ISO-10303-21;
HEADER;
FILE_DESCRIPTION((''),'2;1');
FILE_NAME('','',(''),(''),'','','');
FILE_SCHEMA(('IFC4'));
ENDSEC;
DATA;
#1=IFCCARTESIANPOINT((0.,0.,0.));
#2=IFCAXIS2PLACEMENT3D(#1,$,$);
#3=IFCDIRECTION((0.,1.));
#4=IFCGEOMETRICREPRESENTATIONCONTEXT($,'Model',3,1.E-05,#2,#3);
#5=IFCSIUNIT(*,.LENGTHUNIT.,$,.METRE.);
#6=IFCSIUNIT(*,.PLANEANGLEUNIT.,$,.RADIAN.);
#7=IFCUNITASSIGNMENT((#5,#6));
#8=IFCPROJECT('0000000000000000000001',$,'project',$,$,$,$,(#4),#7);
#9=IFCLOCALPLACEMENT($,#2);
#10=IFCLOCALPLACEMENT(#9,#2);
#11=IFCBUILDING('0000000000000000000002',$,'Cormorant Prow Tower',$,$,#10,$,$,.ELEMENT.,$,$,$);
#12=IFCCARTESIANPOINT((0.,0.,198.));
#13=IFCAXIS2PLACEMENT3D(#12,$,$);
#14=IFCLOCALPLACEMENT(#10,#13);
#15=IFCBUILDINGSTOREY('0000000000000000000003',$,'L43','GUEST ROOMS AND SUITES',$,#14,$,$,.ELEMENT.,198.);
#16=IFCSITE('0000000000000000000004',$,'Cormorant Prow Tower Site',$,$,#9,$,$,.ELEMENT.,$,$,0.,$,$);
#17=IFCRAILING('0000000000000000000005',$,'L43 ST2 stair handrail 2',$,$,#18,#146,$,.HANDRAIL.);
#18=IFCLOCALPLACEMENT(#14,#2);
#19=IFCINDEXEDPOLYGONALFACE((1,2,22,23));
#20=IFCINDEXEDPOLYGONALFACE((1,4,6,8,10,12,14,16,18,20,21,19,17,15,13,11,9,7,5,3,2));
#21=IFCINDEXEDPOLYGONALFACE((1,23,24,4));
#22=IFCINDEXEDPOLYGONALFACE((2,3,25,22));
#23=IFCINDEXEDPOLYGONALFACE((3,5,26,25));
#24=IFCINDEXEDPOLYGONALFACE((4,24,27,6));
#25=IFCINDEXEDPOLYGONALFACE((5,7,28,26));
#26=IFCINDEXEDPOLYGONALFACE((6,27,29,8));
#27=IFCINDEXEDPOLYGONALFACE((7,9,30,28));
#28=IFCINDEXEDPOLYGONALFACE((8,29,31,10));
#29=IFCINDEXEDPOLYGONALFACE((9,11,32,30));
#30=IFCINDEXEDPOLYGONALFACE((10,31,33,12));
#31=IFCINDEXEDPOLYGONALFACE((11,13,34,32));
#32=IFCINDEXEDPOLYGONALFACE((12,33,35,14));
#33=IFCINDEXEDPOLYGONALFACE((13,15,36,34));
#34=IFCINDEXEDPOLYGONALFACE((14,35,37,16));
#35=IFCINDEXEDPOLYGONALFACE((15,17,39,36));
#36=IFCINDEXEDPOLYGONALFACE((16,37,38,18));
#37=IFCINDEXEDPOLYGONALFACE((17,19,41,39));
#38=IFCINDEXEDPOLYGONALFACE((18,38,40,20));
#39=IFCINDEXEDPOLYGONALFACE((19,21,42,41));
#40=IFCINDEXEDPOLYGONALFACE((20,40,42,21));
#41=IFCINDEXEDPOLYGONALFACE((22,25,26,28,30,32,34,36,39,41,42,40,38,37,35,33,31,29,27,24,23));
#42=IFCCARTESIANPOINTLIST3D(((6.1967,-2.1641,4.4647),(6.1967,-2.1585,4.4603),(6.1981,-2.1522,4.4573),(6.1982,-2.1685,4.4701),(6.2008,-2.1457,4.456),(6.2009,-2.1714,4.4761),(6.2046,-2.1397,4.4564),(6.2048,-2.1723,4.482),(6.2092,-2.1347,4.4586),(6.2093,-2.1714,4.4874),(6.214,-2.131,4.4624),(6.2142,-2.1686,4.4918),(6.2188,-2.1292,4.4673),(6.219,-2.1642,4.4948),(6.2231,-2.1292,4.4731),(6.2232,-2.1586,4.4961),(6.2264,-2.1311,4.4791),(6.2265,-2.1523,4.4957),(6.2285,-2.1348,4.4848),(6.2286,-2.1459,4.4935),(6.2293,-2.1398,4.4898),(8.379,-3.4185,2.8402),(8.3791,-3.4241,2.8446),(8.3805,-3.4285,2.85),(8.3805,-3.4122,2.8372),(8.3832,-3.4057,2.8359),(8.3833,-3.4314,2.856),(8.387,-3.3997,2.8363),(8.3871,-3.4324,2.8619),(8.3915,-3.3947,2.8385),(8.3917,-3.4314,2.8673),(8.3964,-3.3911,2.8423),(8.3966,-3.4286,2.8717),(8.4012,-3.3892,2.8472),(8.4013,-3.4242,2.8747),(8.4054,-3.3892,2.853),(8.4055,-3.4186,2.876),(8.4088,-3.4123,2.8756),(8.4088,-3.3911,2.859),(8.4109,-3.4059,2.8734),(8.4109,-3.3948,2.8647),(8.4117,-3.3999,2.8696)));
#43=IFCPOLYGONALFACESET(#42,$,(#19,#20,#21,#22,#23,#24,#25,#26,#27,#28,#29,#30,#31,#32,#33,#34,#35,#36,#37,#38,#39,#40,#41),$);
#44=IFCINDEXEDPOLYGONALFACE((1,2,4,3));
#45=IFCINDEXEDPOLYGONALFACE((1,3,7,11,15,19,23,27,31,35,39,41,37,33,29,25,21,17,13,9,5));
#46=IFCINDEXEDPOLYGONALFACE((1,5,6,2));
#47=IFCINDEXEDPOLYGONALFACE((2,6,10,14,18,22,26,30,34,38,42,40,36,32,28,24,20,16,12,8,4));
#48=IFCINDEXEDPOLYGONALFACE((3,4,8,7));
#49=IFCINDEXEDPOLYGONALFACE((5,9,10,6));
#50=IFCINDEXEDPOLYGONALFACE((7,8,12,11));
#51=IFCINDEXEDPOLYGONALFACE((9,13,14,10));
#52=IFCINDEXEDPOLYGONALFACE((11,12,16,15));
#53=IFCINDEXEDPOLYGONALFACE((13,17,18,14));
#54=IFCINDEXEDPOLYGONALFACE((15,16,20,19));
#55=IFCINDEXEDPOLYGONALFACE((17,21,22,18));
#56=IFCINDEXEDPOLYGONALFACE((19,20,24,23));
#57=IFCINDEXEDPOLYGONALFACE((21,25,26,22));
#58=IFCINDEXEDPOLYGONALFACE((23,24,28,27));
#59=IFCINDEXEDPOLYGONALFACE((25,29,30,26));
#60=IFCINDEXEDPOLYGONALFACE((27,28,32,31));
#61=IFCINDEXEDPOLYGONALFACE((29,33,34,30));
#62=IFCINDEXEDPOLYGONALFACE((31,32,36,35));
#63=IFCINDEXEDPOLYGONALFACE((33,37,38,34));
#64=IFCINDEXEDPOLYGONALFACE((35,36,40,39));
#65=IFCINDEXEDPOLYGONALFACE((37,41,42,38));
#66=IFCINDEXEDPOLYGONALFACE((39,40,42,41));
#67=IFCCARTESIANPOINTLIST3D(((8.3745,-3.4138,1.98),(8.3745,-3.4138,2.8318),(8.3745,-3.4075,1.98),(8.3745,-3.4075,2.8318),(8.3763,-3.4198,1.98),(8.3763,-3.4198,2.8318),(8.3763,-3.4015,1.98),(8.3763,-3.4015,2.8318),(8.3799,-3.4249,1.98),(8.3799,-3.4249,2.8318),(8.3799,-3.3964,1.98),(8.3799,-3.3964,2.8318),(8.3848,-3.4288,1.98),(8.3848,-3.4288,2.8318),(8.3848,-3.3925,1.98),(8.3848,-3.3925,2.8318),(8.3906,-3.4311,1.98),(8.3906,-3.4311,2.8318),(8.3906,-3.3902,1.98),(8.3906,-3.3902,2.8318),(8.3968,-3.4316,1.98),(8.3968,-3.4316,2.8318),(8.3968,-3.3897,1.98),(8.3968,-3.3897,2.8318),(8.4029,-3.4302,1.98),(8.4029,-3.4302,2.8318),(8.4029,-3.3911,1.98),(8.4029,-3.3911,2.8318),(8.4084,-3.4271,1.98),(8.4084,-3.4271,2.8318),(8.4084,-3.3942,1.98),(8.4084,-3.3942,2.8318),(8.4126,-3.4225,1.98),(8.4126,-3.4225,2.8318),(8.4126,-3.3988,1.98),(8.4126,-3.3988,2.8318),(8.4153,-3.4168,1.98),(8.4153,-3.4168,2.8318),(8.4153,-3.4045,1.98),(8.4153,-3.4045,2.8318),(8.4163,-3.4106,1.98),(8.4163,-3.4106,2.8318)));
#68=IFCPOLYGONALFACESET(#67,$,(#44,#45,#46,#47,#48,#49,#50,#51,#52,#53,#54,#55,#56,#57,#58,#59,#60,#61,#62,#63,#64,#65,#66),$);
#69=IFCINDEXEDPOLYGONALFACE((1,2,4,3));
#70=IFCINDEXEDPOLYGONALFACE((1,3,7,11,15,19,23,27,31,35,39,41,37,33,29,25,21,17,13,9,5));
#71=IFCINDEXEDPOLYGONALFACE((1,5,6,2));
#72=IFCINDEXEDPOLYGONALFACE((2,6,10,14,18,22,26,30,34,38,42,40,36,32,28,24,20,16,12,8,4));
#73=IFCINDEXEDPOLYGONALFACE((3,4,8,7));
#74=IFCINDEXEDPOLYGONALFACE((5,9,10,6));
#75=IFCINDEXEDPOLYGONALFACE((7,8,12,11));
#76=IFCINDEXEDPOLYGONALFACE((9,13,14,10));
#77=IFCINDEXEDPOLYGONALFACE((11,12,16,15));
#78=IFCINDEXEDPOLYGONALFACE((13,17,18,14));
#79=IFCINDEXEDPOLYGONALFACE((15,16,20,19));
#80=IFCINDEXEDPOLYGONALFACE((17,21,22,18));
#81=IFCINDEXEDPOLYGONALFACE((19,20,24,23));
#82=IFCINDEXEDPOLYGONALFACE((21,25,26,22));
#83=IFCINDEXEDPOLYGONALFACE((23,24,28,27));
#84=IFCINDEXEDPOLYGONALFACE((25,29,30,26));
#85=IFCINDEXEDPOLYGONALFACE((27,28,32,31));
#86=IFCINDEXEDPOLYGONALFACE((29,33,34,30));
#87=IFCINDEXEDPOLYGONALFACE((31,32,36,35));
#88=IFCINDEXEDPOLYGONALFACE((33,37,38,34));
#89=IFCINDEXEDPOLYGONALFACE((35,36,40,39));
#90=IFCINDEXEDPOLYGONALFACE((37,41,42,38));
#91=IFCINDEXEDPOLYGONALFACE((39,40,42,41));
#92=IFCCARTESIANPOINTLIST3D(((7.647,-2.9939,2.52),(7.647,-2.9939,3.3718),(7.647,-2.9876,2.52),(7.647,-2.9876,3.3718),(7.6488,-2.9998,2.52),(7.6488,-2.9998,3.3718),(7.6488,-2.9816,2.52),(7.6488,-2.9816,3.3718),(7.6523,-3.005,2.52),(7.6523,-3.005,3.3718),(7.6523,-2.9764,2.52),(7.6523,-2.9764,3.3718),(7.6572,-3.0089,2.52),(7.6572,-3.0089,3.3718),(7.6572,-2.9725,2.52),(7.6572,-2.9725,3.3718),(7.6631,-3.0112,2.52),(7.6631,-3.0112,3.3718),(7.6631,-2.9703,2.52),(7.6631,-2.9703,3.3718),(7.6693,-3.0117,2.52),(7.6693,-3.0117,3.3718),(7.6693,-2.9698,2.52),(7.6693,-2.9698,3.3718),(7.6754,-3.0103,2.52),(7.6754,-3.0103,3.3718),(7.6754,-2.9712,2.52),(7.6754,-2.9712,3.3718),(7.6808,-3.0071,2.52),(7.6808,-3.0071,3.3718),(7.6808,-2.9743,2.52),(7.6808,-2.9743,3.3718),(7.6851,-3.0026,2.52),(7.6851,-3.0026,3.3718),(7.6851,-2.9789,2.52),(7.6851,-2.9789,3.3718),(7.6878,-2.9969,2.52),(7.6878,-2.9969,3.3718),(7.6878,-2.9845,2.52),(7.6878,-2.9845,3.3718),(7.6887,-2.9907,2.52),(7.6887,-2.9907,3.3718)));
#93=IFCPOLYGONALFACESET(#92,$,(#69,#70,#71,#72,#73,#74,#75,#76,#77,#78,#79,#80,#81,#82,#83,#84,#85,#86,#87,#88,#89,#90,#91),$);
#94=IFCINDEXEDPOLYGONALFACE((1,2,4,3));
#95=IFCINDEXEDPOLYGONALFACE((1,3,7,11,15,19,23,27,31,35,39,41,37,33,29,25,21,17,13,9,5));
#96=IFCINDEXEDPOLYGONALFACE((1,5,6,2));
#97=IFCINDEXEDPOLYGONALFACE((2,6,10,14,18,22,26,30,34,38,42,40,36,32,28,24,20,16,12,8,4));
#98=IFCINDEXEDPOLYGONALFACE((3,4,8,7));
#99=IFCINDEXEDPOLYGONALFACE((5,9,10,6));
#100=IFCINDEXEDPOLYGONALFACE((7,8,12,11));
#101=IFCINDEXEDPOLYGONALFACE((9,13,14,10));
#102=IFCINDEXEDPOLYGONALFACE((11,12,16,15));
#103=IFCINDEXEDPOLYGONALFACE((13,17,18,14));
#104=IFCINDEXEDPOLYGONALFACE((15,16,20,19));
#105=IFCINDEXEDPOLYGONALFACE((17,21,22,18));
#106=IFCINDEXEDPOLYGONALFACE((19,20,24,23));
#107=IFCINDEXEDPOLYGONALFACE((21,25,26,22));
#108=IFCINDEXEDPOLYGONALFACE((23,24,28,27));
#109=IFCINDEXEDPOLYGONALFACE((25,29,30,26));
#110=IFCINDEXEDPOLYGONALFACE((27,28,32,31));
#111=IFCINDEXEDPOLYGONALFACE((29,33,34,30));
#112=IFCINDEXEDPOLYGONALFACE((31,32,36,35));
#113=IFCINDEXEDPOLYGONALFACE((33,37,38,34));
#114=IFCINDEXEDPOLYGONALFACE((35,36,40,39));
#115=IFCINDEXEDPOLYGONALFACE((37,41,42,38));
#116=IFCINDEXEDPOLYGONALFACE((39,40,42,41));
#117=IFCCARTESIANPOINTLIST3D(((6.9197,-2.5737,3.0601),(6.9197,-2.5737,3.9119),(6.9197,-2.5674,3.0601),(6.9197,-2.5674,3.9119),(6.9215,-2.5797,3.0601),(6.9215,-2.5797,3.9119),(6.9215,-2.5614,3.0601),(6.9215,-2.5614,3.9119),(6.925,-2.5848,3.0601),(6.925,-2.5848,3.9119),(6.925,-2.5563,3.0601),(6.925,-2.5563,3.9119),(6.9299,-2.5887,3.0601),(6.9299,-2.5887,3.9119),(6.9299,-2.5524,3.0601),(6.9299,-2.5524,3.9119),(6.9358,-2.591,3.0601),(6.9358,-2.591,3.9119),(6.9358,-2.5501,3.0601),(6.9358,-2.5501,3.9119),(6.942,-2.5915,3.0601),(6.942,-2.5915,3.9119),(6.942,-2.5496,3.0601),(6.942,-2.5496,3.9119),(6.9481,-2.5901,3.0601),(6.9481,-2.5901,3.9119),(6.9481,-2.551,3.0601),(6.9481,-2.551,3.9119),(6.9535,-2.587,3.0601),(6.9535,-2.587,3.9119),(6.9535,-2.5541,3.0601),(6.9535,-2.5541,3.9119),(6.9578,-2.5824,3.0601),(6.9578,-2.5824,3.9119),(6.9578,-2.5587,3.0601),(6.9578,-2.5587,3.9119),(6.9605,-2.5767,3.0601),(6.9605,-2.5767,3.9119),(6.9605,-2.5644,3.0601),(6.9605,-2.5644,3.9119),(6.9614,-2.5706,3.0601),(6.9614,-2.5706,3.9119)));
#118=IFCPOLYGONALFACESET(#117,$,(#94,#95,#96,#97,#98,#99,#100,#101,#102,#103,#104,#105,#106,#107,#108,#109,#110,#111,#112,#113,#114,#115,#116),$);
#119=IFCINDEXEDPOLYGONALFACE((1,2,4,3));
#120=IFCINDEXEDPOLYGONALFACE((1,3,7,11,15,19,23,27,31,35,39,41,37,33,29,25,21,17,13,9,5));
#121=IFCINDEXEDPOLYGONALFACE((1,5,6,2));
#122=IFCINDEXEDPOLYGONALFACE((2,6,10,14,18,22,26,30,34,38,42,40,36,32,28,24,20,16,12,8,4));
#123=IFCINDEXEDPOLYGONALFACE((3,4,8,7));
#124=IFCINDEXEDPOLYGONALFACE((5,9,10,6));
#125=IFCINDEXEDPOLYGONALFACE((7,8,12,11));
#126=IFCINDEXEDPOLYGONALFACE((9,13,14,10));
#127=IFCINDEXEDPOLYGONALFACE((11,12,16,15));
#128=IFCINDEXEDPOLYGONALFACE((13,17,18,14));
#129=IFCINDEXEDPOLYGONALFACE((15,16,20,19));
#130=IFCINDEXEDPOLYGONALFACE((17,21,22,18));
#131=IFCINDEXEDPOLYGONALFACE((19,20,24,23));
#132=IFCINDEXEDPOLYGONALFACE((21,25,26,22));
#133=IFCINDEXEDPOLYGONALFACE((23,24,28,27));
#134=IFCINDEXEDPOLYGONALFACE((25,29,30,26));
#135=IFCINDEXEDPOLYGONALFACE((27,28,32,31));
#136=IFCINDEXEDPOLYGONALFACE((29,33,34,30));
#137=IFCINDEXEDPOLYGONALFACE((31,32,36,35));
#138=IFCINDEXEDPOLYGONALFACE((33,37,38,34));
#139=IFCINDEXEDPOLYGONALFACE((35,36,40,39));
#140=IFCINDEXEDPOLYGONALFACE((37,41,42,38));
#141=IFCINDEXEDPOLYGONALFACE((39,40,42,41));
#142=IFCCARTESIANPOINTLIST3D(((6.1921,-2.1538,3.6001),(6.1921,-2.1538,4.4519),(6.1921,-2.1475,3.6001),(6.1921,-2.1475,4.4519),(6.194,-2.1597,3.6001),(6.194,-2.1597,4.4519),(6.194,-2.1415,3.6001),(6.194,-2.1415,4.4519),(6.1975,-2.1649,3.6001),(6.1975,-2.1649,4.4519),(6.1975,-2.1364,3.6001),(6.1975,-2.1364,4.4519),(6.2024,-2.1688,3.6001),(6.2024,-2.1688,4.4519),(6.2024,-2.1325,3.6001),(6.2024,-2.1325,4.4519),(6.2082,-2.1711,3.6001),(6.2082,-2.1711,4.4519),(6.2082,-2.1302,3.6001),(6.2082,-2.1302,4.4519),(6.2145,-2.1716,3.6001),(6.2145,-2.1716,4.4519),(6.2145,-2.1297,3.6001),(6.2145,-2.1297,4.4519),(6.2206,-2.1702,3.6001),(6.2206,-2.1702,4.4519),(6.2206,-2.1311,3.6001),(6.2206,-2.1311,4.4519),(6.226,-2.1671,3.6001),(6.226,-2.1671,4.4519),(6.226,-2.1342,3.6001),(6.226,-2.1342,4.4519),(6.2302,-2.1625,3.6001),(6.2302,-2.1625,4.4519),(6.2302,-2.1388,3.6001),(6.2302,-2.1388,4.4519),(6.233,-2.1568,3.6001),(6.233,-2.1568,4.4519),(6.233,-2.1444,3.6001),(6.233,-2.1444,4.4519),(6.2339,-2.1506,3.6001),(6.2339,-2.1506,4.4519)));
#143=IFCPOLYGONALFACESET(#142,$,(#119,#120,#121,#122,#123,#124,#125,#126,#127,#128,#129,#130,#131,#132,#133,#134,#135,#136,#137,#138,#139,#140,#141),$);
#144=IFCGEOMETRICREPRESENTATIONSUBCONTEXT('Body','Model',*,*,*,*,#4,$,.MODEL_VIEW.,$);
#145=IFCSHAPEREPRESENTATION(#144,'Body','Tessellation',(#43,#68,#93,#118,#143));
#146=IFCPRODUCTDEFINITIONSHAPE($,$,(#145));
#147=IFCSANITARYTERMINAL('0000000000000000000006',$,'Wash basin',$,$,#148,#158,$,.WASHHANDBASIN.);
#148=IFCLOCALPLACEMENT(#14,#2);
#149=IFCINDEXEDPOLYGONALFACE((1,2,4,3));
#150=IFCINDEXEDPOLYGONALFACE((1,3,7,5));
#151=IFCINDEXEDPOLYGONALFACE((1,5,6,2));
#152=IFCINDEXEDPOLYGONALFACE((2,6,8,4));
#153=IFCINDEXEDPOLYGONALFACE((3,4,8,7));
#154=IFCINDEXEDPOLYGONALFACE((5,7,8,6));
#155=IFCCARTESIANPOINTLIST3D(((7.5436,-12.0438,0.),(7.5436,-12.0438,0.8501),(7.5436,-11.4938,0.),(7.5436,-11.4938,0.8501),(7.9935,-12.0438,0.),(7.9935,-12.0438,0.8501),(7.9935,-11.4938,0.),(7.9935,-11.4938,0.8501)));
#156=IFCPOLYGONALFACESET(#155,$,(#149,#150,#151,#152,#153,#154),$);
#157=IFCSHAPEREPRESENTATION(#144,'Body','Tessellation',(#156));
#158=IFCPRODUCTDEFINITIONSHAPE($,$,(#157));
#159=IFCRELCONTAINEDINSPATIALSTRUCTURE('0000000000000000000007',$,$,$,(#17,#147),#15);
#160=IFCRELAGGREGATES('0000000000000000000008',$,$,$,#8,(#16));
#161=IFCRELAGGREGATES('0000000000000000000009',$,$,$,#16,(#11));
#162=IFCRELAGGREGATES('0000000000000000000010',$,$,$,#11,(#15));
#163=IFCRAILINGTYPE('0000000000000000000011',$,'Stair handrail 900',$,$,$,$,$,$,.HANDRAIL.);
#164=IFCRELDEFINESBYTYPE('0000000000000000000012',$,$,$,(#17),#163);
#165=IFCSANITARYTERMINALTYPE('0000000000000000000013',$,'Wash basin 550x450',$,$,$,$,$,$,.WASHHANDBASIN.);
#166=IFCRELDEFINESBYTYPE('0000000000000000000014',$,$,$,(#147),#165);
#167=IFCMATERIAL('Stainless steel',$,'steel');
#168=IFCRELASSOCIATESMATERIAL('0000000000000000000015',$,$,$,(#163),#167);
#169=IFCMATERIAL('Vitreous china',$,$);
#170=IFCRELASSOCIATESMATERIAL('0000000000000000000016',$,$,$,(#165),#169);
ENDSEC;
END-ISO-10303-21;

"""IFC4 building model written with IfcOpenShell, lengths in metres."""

from ifc_helpers import new_model, si_unit, direction, frame, origin, origin_2d, place, context, subcontext, project, spatial, rectangle, circle, extrude, material, type_object, element, save


model = new_model("IFC4")

# Units and contexts
model_context = context("Model", 3, precision=1e-05, world=origin(), true_north=direction((0.0, 1.0)))
body_context = subcontext(model_context, "Body", "Model", "MODEL_VIEW")
ifc_project = project(units=[si_unit("LENGTHUNIT", "METRE"), si_unit("PLANEANGLEUNIT", "RADIAN")], contexts=[model_context])

# Site, building, storey
site_placement = place(None, origin())
site = spatial("IfcSite", under=ifc_project, at=site_placement, Name="Cormorant Prow Tower Site", CompositionType="ELEMENT", RefElevation=0.0)
building_placement = place(site_placement, origin())
building = spatial("IfcBuilding", under=site, at=building_placement, Name="Cormorant Prow Tower", CompositionType="ELEMENT")
storey_placement = place(building_placement, frame((0.0, 0.0, 198.0)))
storey = spatial("IfcBuildingStorey", under=building, at=storey_placement, Name="L43", Description="GUEST ROOMS AND SUITES", CompositionType="ELEMENT", Elevation=198.0)

# Railing
ifc_material_1 = material(Name="Stainless steel", Category="steel")
railing_type_1 = type_object("IfcRailingType", Name="Stair handrail 900", PredefinedType="HANDRAIL", material=ifc_material_1)
railing_1_placement = place(storey_placement, frame((8.3953, -3.4106, 1.98)))
element("IfcRailing", 1, at=railing_1_placement, inside=storey, type_object=railing_type_1, Name="L43 ST2 stair handrail 2", PredefinedType="HANDRAIL", context=body_context, shape_type="SweptSolid", body=[
    extrude(circle(Radius=0.0239, at=origin_2d()), frame((0.0, 0.0, 0.876), z_axis=(-0.728464, 0.420584, 0.540786), x_axis=(-0.500005, -0.866023, 0.0)), (0.0, 0.0, 1.0), 2.9958),
    extrude(circle(Radius=0.021, at=origin_2d()), origin(), (0.0, 0.0, 1.0), 0.8518),
    extrude(circle(Radius=0.021, at=origin_2d()), frame((-0.7275, 0.4199, 0.54)), (0.0, 0.0, 1.0), 0.8518),
    extrude(circle(Radius=0.021, at=origin_2d()), frame((-1.4548, 0.8401, 1.0801)), (0.0, 0.0, 1.0), 0.8518),
    extrude(circle(Radius=0.021, at=origin_2d()), frame((-2.1824, 1.26, 1.6201)), (0.0, 0.0, 1.0), 0.8518),
])

# Sanitary terminal
ifc_material_2 = material(Name="Vitreous china")
sanitary_terminal_type = type_object("IfcSanitaryTerminalType", Name="Wash basin 550x450", PredefinedType="WASHHANDBASIN", material=ifc_material_2)
sanitary_terminal_placement = place(storey_placement, frame((7.7686, -11.7688, 0.0), z_axis=(0.0, 0.0, 1.0), x_axis=(0.0, -1.0, 0.0)))
element("IfcSanitaryTerminal", 2, at=sanitary_terminal_placement, inside=storey, type_object=sanitary_terminal_type, Name="Wash basin", PredefinedType="WASHHANDBASIN", context=body_context, shape_type="SweptSolid", body=[
    extrude(rectangle(XDim=0.55, YDim=0.45, at=origin_2d()), origin(), (0.0, 0.0, 1.0), 0.8501),
])

save(model, "model.ifc")
